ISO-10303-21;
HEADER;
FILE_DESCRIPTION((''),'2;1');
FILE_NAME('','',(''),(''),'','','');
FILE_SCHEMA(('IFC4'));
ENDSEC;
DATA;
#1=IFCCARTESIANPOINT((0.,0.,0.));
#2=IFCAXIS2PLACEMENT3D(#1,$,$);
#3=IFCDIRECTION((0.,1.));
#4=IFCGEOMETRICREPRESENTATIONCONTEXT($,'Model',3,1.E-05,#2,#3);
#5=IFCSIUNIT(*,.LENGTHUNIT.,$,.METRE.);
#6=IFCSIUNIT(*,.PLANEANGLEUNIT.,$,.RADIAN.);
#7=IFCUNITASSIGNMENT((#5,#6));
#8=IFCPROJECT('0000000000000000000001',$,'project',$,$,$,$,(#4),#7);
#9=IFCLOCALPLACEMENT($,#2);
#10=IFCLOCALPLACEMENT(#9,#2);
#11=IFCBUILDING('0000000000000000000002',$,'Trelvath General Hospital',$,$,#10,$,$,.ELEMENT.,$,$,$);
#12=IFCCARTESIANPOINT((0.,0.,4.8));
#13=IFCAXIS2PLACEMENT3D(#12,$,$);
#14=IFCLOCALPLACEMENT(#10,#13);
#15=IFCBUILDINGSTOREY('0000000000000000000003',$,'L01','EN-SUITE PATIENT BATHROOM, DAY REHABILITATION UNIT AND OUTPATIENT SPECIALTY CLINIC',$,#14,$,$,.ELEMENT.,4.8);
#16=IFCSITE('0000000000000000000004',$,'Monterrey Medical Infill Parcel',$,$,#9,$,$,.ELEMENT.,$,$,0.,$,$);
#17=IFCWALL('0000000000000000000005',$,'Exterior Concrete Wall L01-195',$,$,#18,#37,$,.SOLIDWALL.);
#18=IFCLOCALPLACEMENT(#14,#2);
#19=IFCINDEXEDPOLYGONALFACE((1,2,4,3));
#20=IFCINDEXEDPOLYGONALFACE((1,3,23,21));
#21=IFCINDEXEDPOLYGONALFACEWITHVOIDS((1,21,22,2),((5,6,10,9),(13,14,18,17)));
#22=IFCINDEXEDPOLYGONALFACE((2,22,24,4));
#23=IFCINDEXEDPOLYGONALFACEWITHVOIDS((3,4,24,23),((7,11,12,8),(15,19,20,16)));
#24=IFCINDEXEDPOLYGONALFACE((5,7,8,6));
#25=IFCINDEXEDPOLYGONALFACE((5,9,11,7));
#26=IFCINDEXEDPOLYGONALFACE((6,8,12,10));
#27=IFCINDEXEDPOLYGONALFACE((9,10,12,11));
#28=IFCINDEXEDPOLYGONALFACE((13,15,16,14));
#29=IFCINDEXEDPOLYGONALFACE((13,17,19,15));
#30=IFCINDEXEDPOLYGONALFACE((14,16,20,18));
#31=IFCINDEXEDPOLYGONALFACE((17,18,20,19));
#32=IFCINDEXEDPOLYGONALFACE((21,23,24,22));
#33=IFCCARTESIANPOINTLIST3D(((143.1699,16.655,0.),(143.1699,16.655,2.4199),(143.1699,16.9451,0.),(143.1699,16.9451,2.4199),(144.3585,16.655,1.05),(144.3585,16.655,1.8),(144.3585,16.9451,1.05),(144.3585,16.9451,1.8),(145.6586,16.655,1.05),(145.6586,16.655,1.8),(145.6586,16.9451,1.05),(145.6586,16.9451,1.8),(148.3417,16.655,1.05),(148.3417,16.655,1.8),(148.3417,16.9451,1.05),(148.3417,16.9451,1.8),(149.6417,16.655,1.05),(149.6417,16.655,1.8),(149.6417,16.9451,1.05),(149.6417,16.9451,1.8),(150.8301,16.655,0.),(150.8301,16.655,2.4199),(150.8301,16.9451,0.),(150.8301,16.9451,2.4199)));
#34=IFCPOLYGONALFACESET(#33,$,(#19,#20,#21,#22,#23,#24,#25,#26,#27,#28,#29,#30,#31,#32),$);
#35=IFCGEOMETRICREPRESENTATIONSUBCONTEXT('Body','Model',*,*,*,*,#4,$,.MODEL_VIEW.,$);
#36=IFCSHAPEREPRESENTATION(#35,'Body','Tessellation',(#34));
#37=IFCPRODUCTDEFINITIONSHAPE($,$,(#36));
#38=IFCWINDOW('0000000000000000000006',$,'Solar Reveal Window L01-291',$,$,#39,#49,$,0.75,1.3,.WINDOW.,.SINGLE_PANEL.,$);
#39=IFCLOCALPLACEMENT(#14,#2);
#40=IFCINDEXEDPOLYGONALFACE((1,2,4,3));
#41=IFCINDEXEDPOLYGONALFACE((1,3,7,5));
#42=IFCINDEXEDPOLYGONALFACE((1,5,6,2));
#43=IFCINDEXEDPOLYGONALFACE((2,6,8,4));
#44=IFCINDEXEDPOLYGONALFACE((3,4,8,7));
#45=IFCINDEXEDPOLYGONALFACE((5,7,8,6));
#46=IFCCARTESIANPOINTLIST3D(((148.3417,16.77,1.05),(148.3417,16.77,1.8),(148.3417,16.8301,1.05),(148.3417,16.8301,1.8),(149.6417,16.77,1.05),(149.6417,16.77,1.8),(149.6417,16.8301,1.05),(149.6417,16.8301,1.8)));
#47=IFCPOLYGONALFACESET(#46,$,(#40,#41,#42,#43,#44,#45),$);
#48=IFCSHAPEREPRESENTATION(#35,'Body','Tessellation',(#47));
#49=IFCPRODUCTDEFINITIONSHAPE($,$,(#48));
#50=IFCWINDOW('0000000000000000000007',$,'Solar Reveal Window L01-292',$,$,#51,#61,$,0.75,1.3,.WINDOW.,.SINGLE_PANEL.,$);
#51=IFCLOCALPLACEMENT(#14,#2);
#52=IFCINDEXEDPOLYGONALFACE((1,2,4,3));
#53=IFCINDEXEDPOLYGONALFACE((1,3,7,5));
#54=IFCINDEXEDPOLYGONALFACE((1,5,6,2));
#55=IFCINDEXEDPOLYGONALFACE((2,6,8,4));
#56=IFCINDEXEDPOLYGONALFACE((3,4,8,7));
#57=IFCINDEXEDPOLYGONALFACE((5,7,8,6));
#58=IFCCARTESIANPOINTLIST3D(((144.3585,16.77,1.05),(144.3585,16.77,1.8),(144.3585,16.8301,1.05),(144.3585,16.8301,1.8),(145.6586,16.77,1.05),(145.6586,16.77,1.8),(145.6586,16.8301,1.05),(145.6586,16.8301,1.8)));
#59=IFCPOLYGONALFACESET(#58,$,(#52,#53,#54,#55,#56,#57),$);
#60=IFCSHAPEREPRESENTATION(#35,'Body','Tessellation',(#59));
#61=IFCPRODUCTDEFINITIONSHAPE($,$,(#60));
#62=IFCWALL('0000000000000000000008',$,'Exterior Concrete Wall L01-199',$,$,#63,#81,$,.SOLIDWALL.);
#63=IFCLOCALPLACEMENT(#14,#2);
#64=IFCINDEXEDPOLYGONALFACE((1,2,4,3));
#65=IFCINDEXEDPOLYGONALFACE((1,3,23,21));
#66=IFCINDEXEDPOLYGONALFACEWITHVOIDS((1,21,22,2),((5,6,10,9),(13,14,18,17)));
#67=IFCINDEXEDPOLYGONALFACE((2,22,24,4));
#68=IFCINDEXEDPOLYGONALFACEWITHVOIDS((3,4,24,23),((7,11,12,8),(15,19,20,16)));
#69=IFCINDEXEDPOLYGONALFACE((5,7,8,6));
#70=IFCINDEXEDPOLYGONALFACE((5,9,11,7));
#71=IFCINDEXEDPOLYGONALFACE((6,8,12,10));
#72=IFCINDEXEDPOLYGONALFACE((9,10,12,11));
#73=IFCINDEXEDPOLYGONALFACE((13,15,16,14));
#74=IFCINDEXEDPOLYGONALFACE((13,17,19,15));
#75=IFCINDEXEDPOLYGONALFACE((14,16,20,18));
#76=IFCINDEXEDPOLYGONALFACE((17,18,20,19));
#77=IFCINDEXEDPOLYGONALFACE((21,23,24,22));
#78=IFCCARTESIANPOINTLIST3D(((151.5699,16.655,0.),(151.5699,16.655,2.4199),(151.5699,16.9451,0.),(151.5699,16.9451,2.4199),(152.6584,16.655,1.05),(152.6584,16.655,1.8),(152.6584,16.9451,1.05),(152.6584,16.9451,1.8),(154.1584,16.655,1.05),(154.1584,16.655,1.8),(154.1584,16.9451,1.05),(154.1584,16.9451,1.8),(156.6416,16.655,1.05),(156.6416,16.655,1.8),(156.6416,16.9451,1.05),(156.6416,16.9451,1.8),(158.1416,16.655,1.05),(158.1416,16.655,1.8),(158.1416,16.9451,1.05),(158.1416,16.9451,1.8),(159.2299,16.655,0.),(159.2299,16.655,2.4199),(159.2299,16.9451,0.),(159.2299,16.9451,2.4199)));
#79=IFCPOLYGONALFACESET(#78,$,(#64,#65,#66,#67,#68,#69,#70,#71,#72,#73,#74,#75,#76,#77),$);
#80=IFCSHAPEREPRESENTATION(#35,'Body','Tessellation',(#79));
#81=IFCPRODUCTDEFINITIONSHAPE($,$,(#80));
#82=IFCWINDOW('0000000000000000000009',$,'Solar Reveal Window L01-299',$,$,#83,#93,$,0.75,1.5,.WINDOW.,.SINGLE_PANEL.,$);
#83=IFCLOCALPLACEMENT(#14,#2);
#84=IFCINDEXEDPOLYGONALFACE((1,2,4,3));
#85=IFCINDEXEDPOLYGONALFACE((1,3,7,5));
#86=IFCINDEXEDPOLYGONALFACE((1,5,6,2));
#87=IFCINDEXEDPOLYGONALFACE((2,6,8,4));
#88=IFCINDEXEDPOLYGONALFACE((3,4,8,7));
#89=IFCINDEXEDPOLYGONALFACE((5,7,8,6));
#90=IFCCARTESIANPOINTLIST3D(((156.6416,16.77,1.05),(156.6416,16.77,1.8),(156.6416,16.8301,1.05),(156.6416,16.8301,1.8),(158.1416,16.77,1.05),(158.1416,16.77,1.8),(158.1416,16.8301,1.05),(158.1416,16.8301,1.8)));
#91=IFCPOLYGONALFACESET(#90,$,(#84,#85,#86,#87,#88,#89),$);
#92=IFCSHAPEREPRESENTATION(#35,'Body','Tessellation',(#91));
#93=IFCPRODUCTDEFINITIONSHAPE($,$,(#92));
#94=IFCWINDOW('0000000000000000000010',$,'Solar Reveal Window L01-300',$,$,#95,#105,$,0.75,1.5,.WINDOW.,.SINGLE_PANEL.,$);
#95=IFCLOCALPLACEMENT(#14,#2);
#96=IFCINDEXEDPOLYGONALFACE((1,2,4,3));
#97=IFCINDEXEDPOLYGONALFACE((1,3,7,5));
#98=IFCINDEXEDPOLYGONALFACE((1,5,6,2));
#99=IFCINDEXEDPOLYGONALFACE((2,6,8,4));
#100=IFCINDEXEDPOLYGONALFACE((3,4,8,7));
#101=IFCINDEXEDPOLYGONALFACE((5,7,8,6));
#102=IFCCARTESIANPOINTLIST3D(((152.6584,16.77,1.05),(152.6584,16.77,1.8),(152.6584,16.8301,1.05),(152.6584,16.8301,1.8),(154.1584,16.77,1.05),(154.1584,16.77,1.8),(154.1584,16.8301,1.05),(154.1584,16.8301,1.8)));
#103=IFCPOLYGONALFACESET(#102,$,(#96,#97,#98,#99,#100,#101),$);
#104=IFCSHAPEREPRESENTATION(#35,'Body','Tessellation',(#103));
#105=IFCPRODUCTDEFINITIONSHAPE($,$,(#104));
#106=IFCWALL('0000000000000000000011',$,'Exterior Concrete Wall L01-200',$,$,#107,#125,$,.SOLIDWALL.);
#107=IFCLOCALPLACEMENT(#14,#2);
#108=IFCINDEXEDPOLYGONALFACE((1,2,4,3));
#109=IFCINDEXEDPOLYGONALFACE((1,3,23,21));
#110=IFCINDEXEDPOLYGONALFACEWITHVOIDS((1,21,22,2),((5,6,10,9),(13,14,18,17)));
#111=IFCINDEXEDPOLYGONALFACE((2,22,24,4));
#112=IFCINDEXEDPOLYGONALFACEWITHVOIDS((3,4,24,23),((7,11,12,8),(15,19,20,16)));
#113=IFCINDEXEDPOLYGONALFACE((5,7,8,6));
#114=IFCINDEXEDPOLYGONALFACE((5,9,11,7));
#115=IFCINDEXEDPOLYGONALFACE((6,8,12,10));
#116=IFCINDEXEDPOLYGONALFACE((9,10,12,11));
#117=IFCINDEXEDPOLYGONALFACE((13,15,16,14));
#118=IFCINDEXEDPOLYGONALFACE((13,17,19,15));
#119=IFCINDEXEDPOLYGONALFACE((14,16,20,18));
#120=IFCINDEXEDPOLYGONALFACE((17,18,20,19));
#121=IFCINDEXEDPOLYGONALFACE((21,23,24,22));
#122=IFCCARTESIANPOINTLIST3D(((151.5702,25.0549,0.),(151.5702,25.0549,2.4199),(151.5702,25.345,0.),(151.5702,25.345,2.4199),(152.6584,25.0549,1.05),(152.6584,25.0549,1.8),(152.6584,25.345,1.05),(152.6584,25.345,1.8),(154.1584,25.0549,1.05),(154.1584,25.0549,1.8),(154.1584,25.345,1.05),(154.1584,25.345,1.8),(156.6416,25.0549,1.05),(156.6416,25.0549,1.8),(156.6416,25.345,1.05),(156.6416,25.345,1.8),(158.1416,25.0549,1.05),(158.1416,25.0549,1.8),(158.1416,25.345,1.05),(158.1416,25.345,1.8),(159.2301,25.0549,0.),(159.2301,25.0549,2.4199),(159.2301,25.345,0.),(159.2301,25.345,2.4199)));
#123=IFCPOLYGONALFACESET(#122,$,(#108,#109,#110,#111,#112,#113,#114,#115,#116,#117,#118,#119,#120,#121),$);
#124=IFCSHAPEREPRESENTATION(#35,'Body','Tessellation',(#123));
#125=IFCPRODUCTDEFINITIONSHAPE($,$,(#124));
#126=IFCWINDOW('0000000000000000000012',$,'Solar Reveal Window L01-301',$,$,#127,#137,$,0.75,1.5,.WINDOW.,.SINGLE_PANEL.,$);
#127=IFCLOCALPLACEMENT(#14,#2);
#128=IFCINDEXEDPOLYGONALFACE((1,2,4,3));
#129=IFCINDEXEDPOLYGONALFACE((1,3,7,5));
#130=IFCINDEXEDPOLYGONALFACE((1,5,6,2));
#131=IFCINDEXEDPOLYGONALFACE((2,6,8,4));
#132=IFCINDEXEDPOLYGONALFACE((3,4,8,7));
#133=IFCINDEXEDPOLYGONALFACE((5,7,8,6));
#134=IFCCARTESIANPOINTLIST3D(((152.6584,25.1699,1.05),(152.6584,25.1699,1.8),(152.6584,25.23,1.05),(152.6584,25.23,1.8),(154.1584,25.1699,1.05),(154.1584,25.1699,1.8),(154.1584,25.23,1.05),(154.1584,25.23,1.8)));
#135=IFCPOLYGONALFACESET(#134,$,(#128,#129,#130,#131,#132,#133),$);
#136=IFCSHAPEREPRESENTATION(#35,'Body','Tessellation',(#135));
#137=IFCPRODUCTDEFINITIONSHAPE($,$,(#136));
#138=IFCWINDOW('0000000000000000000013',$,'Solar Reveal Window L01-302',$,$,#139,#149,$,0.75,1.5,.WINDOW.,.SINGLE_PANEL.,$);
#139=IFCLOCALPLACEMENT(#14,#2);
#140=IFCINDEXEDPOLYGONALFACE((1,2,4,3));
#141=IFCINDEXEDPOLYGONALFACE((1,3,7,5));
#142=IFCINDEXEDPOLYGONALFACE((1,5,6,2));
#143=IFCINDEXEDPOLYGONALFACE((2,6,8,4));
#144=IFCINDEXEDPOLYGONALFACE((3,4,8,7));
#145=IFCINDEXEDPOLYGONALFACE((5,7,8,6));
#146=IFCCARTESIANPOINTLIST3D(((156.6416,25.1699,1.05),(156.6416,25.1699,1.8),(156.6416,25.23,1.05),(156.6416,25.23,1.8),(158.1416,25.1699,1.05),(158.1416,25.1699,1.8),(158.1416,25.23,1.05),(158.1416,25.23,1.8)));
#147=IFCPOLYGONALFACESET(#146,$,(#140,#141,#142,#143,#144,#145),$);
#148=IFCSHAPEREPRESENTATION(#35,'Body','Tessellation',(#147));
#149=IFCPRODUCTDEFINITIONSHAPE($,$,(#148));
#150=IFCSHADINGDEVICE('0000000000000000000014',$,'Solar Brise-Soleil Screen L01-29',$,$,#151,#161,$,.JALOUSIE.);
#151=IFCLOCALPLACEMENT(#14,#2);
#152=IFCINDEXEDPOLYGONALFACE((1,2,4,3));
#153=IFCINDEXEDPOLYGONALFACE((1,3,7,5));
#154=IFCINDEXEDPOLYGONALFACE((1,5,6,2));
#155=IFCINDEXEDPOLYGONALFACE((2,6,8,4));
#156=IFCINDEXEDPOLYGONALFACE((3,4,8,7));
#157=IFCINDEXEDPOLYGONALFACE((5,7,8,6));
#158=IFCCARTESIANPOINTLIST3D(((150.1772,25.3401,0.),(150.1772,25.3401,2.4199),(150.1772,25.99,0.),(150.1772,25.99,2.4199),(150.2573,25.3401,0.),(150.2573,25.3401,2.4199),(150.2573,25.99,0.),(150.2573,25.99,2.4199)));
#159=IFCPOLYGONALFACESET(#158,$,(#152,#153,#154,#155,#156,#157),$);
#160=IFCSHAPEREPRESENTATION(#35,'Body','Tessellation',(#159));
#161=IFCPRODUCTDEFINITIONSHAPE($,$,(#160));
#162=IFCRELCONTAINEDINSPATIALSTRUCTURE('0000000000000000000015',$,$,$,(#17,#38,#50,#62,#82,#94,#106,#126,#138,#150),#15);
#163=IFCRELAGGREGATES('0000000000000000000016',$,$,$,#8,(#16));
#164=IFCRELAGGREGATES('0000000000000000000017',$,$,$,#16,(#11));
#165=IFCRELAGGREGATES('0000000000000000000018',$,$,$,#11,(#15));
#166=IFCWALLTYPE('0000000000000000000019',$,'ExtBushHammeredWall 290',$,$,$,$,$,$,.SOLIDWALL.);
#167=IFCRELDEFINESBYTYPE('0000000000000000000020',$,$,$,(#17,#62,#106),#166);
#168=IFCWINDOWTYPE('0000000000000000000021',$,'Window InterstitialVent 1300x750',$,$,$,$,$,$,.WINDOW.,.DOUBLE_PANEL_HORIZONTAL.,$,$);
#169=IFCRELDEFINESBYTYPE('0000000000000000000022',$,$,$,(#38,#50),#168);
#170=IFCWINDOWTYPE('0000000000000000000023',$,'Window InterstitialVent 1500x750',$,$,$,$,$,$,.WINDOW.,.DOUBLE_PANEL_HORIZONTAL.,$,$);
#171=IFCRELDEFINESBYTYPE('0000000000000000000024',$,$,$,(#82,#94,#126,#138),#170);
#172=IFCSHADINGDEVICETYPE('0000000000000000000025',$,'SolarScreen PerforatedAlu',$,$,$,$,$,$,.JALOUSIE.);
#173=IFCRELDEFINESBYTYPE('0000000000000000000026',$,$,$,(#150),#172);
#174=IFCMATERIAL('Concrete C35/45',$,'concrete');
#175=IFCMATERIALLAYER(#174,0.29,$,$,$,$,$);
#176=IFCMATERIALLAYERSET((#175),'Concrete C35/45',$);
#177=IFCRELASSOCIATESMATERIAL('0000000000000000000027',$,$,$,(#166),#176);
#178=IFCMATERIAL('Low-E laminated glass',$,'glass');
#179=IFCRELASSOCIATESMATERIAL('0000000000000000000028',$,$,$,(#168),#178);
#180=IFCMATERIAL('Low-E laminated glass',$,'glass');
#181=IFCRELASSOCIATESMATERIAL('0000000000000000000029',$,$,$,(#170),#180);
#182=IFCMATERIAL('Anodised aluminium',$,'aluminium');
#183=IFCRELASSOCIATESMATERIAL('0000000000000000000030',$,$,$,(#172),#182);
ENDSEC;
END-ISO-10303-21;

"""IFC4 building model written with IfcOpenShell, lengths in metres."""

from ifc_helpers import new_model, si_unit, direction, frame, frame_2d, origin, origin_2d, place, context, subcontext, project, spatial, rectangle, extrude, material, layer, layer_set, type_object, element, fill, save


model = new_model("IFC4")

# Units and contexts
model_context = context("Model", 3, precision=1e-05, world=origin(), true_north=direction((0.0, 1.0)))
body_context = subcontext(model_context, "Body", "Model", "MODEL_VIEW")
ifc_project = project(units=[si_unit("LENGTHUNIT", "METRE"), si_unit("PLANEANGLEUNIT", "RADIAN")], contexts=[model_context])

# Site, building, storey
site_placement = place(None, origin())
site = spatial("IfcSite", under=ifc_project, at=site_placement, Name="Monterrey Medical Infill Parcel", CompositionType="ELEMENT", RefElevation=0.0)
building_placement = place(site_placement, origin())
building = spatial("IfcBuilding", under=site, at=building_placement, Name="Trelvath General Hospital", CompositionType="ELEMENT")
storey_placement = place(building_placement, frame((0.0, 0.0, 4.8)))
storey = spatial("IfcBuildingStorey", under=building, at=storey_placement, Name="L01", Description="EN-SUITE PATIENT BATHROOM, DAY REHABILITATION UNIT AND OUTPATIENT SPECIALTY CLINIC", CompositionType="ELEMENT", Elevation=4.8)

# Walls, openings, windows
ifc_material_1 = material(Name="Concrete C35/45", Category="concrete")
ifc_layer_1 = layer(ifc_material_1, 0.29)
ifc_layer_set_1 = layer_set([ifc_layer_1], Name="Concrete C35/45")
wall_type_1 = type_object("IfcWallType", Name="ExtBushHammeredWall 290", PredefinedType="SOLIDWALL", material=ifc_layer_set_1)
wall_1_placement = place(storey_placement, frame((150.8301, 16.8, 0.0), z_axis=(0.0, 0.0, 1.0), x_axis=(-1.0, 0.0, 0.0)))
wall_1 = element("IfcWall", 1, at=wall_1_placement, inside=storey, type_object=wall_type_1, Name="Exterior Concrete Wall L01-195", PredefinedType="SOLIDWALL", context=body_context, shape_type="SweptSolid", body=[
    extrude(rectangle(XDim=7.6602, YDim=0.29, at=frame_2d((3.8301, 0.0))), origin(), (0.0, 0.0, 1.0), 2.4199),
])
opening_1_placement = place(wall_1_placement, frame((1.1885, 0.0, 1.05)))
opening_1 = element("IfcOpeningElement", 2, at=opening_1_placement, cuts=wall_1, PredefinedType="OPENING", context=body_context, shape_type="SweptSolid", body=[
    extrude(rectangle(XDim=1.3, YDim=0.75, at=frame_2d((0.6499, 0.375))), frame((0.0, 0.155, 0.0), z_axis=(0.0, -1.0, 0.0), x_axis=(1.0, 0.0, 0.0)), (0.0, 0.0, 1.0), 0.3101),
])
opening_2_placement = place(wall_1_placement, frame((5.1716, 0.0, 1.05)))
opening_2 = element("IfcOpeningElement", 3, at=opening_2_placement, cuts=wall_1, PredefinedType="OPENING", context=body_context, shape_type="SweptSolid", body=[
    extrude(rectangle(XDim=1.3, YDim=0.75, at=frame_2d((0.6499, 0.375))), frame((0.0, 0.155, 0.0), z_axis=(0.0, -1.0, 0.0), x_axis=(1.0, 0.0, 0.0)), (0.0, 0.0, 1.0), 0.3101),
])
ifc_material_2 = material(Name="Low-E laminated glass", Category="glass")
window_type_1 = type_object("IfcWindowType", Name="Window InterstitialVent 1300x750", PartitioningType="DOUBLE_PANEL_HORIZONTAL", PredefinedType="WINDOW", material=ifc_material_2)
window_1_placement = place(opening_1_placement, origin())
window_1 = element("IfcWindow", 4, at=window_1_placement, inside=storey, type_object=window_type_1, Name="Solar Reveal Window L01-291", OverallHeight=0.75, OverallWidth=1.3, PartitioningType="SINGLE_PANEL", PredefinedType="WINDOW", context=body_context, shape_type="SweptSolid", body=[
    extrude(rectangle(XDim=1.3, YDim=0.75, at=frame_2d((0.6499, 0.375))), frame((0.0, 0.03, 0.0), z_axis=(0.0, -1.0, 0.0), x_axis=(1.0, 0.0, 0.0)), (0.0, 0.0, 1.0), 0.0601),
])
fill(opening_1, window_1)
window_2_placement = place(opening_2_placement, origin())
window_2 = element("IfcWindow", 5, at=window_2_placement, inside=storey, type_object=window_type_1, Name="Solar Reveal Window L01-292", OverallHeight=0.75, OverallWidth=1.3, PartitioningType="SINGLE_PANEL", PredefinedType="WINDOW", context=body_context, shape_type="SweptSolid", body=[
    extrude(rectangle(XDim=1.3, YDim=0.75, at=frame_2d((0.6499, 0.375))), frame((0.0, 0.03, 0.0), z_axis=(0.0, -1.0, 0.0), x_axis=(1.0, 0.0, 0.0)), (0.0, 0.0, 1.0), 0.0601),
])
fill(opening_2, window_2)
wall_2_placement = place(storey_placement, frame((159.23, 16.8, 0.0), z_axis=(0.0, 0.0, 1.0), x_axis=(-1.0, 0.0, 0.0)))
wall_2 = element("IfcWall", 6, at=wall_2_placement, inside=storey, type_object=wall_type_1, Name="Exterior Concrete Wall L01-199", PredefinedType="SOLIDWALL", context=body_context, shape_type="SweptSolid", body=[
    extrude(rectangle(XDim=7.6599, YDim=0.29, at=frame_2d((3.8301, 0.0))), origin(), (0.0, 0.0, 1.0), 2.4199),
])
opening_3_placement = place(wall_2_placement, frame((1.0884, 0.0, 1.05)))
opening_3 = element("IfcOpeningElement", 7, at=opening_3_placement, cuts=wall_2, PredefinedType="OPENING", context=body_context, shape_type="SweptSolid", body=[
    extrude(rectangle(XDim=1.5, YDim=0.75, at=frame_2d((0.75, 0.375))), frame((0.0, 0.155, 0.0), z_axis=(0.0, -1.0, 0.0), x_axis=(1.0, 0.0, 0.0)), (0.0, 0.0, 1.0), 0.3101),
])
opening_4_placement = place(wall_2_placement, frame((5.0715, 0.0, 1.05)))
opening_4 = element("IfcOpeningElement", 8, at=opening_4_placement, cuts=wall_2, PredefinedType="OPENING", context=body_context, shape_type="SweptSolid", body=[
    extrude(rectangle(XDim=1.5, YDim=0.75, at=frame_2d((0.75, 0.375))), frame((0.0, 0.155, 0.0), z_axis=(0.0, -1.0, 0.0), x_axis=(1.0, 0.0, 0.0)), (0.0, 0.0, 1.0), 0.3101),
])
ifc_material_3 = material(Name="Low-E laminated glass", Category="glass")
window_type_2 = type_object("IfcWindowType", Name="Window InterstitialVent 1500x750", PartitioningType="DOUBLE_PANEL_HORIZONTAL", PredefinedType="WINDOW", material=ifc_material_3)
window_3_placement = place(opening_3_placement, origin())
window_3 = element("IfcWindow", 9, at=window_3_placement, inside=storey, type_object=window_type_2, Name="Solar Reveal Window L01-299", OverallHeight=0.75, OverallWidth=1.5, PartitioningType="SINGLE_PANEL", PredefinedType="WINDOW", context=body_context, shape_type="SweptSolid", body=[
    extrude(rectangle(XDim=1.5, YDim=0.75, at=frame_2d((0.75, 0.375))), frame((0.0, 0.03, 0.0), z_axis=(0.0, -1.0, 0.0), x_axis=(1.0, 0.0, 0.0)), (0.0, 0.0, 1.0), 0.0601),
])
fill(opening_3, window_3)
window_4_placement = place(opening_4_placement, origin())
window_4 = element("IfcWindow", 10, at=window_4_placement, inside=storey, type_object=window_type_2, Name="Solar Reveal Window L01-300", OverallHeight=0.75, OverallWidth=1.5, PartitioningType="SINGLE_PANEL", PredefinedType="WINDOW", context=body_context, shape_type="SweptSolid", body=[
    extrude(rectangle(XDim=1.5, YDim=0.75, at=frame_2d((0.75, 0.375))), frame((0.0, 0.03, 0.0), z_axis=(0.0, -1.0, 0.0), x_axis=(1.0, 0.0, 0.0)), (0.0, 0.0, 1.0), 0.0601),
])
fill(opening_4, window_4)
wall_3_placement = place(storey_placement, frame((151.5701, 25.2, 0.0), z_axis=(0.0, 0.0, 1.0), x_axis=(1.0, 0.0, 0.0)))
wall_3 = element("IfcWall", 11, at=wall_3_placement, inside=storey, type_object=wall_type_1, Name="Exterior Concrete Wall L01-200", PredefinedType="SOLIDWALL", context=body_context, shape_type="SweptSolid", body=[
    extrude(rectangle(XDim=7.6599, YDim=0.29, at=frame_2d((3.8301, 0.0))), origin(), (0.0, 0.0, 1.0), 2.4199),
])
opening_5_placement = place(wall_3_placement, frame((1.0884, 0.0, 1.05)))
opening_5 = element("IfcOpeningElement", 12, at=opening_5_placement, cuts=wall_3, PredefinedType="OPENING", context=body_context, shape_type="SweptSolid", body=[
    extrude(rectangle(XDim=1.5, YDim=0.75, at=frame_2d((0.75, 0.375))), frame((0.0, 0.155, 0.0), z_axis=(0.0, -1.0, 0.0), x_axis=(1.0, 0.0, 0.0)), (0.0, 0.0, 1.0), 0.3101),
])
opening_6_placement = place(wall_3_placement, frame((5.0715, 0.0, 1.05)))
opening_6 = element("IfcOpeningElement", 13, at=opening_6_placement, cuts=wall_3, PredefinedType="OPENING", context=body_context, shape_type="SweptSolid", body=[
    extrude(rectangle(XDim=1.5, YDim=0.75, at=frame_2d((0.75, 0.375))), frame((0.0, 0.155, 0.0), z_axis=(0.0, -1.0, 0.0), x_axis=(1.0, 0.0, 0.0)), (0.0, 0.0, 1.0), 0.3101),
])
window_5_placement = place(opening_5_placement, origin())
window_5 = element("IfcWindow", 14, at=window_5_placement, inside=storey, type_object=window_type_2, Name="Solar Reveal Window L01-301", OverallHeight=0.75, OverallWidth=1.5, PartitioningType="SINGLE_PANEL", PredefinedType="WINDOW", context=body_context, shape_type="SweptSolid", body=[
    extrude(rectangle(XDim=1.5, YDim=0.75, at=frame_2d((0.75, 0.375))), frame((0.0, 0.03, 0.0), z_axis=(0.0, -1.0, 0.0), x_axis=(1.0, 0.0, 0.0)), (0.0, 0.0, 1.0), 0.0601),
])
fill(opening_5, window_5)
window_6_placement = place(opening_6_placement, origin())
window_6 = element("IfcWindow", 15, at=window_6_placement, inside=storey, type_object=window_type_2, Name="Solar Reveal Window L01-302", OverallHeight=0.75, OverallWidth=1.5, PartitioningType="SINGLE_PANEL", PredefinedType="WINDOW", context=body_context, shape_type="SweptSolid", body=[
    extrude(rectangle(XDim=1.5, YDim=0.75, at=frame_2d((0.75, 0.375))), frame((0.0, 0.03, 0.0), z_axis=(0.0, -1.0, 0.0), x_axis=(1.0, 0.0, 0.0)), (0.0, 0.0, 1.0), 0.0601),
])
fill(opening_6, window_6)

# Shading device
ifc_material_4 = material(Name="Anodised aluminium", Category="aluminium")
shading_device_type = type_object("IfcShadingDeviceType", Name="SolarScreen PerforatedAlu", PredefinedType="JALOUSIE", material=ifc_material_4)
shading_device_placement = place(storey_placement, frame((150.2173, 25.665, 0.0), z_axis=(0.0, 0.0, 1.0), x_axis=(0.0, 1.0, 0.0)))
element("IfcShadingDevice", 16, at=shading_device_placement, inside=storey, type_object=shading_device_type, Name="Solar Brise-Soleil Screen L01-29", PredefinedType="JALOUSIE", context=body_context, shape_type="SweptSolid", body=[
    extrude(rectangle(XDim=0.6499, YDim=0.0801, at=origin_2d()), origin(), (0.0, 0.0, 1.0), 2.4199),
])

save(model, "model.ifc")
